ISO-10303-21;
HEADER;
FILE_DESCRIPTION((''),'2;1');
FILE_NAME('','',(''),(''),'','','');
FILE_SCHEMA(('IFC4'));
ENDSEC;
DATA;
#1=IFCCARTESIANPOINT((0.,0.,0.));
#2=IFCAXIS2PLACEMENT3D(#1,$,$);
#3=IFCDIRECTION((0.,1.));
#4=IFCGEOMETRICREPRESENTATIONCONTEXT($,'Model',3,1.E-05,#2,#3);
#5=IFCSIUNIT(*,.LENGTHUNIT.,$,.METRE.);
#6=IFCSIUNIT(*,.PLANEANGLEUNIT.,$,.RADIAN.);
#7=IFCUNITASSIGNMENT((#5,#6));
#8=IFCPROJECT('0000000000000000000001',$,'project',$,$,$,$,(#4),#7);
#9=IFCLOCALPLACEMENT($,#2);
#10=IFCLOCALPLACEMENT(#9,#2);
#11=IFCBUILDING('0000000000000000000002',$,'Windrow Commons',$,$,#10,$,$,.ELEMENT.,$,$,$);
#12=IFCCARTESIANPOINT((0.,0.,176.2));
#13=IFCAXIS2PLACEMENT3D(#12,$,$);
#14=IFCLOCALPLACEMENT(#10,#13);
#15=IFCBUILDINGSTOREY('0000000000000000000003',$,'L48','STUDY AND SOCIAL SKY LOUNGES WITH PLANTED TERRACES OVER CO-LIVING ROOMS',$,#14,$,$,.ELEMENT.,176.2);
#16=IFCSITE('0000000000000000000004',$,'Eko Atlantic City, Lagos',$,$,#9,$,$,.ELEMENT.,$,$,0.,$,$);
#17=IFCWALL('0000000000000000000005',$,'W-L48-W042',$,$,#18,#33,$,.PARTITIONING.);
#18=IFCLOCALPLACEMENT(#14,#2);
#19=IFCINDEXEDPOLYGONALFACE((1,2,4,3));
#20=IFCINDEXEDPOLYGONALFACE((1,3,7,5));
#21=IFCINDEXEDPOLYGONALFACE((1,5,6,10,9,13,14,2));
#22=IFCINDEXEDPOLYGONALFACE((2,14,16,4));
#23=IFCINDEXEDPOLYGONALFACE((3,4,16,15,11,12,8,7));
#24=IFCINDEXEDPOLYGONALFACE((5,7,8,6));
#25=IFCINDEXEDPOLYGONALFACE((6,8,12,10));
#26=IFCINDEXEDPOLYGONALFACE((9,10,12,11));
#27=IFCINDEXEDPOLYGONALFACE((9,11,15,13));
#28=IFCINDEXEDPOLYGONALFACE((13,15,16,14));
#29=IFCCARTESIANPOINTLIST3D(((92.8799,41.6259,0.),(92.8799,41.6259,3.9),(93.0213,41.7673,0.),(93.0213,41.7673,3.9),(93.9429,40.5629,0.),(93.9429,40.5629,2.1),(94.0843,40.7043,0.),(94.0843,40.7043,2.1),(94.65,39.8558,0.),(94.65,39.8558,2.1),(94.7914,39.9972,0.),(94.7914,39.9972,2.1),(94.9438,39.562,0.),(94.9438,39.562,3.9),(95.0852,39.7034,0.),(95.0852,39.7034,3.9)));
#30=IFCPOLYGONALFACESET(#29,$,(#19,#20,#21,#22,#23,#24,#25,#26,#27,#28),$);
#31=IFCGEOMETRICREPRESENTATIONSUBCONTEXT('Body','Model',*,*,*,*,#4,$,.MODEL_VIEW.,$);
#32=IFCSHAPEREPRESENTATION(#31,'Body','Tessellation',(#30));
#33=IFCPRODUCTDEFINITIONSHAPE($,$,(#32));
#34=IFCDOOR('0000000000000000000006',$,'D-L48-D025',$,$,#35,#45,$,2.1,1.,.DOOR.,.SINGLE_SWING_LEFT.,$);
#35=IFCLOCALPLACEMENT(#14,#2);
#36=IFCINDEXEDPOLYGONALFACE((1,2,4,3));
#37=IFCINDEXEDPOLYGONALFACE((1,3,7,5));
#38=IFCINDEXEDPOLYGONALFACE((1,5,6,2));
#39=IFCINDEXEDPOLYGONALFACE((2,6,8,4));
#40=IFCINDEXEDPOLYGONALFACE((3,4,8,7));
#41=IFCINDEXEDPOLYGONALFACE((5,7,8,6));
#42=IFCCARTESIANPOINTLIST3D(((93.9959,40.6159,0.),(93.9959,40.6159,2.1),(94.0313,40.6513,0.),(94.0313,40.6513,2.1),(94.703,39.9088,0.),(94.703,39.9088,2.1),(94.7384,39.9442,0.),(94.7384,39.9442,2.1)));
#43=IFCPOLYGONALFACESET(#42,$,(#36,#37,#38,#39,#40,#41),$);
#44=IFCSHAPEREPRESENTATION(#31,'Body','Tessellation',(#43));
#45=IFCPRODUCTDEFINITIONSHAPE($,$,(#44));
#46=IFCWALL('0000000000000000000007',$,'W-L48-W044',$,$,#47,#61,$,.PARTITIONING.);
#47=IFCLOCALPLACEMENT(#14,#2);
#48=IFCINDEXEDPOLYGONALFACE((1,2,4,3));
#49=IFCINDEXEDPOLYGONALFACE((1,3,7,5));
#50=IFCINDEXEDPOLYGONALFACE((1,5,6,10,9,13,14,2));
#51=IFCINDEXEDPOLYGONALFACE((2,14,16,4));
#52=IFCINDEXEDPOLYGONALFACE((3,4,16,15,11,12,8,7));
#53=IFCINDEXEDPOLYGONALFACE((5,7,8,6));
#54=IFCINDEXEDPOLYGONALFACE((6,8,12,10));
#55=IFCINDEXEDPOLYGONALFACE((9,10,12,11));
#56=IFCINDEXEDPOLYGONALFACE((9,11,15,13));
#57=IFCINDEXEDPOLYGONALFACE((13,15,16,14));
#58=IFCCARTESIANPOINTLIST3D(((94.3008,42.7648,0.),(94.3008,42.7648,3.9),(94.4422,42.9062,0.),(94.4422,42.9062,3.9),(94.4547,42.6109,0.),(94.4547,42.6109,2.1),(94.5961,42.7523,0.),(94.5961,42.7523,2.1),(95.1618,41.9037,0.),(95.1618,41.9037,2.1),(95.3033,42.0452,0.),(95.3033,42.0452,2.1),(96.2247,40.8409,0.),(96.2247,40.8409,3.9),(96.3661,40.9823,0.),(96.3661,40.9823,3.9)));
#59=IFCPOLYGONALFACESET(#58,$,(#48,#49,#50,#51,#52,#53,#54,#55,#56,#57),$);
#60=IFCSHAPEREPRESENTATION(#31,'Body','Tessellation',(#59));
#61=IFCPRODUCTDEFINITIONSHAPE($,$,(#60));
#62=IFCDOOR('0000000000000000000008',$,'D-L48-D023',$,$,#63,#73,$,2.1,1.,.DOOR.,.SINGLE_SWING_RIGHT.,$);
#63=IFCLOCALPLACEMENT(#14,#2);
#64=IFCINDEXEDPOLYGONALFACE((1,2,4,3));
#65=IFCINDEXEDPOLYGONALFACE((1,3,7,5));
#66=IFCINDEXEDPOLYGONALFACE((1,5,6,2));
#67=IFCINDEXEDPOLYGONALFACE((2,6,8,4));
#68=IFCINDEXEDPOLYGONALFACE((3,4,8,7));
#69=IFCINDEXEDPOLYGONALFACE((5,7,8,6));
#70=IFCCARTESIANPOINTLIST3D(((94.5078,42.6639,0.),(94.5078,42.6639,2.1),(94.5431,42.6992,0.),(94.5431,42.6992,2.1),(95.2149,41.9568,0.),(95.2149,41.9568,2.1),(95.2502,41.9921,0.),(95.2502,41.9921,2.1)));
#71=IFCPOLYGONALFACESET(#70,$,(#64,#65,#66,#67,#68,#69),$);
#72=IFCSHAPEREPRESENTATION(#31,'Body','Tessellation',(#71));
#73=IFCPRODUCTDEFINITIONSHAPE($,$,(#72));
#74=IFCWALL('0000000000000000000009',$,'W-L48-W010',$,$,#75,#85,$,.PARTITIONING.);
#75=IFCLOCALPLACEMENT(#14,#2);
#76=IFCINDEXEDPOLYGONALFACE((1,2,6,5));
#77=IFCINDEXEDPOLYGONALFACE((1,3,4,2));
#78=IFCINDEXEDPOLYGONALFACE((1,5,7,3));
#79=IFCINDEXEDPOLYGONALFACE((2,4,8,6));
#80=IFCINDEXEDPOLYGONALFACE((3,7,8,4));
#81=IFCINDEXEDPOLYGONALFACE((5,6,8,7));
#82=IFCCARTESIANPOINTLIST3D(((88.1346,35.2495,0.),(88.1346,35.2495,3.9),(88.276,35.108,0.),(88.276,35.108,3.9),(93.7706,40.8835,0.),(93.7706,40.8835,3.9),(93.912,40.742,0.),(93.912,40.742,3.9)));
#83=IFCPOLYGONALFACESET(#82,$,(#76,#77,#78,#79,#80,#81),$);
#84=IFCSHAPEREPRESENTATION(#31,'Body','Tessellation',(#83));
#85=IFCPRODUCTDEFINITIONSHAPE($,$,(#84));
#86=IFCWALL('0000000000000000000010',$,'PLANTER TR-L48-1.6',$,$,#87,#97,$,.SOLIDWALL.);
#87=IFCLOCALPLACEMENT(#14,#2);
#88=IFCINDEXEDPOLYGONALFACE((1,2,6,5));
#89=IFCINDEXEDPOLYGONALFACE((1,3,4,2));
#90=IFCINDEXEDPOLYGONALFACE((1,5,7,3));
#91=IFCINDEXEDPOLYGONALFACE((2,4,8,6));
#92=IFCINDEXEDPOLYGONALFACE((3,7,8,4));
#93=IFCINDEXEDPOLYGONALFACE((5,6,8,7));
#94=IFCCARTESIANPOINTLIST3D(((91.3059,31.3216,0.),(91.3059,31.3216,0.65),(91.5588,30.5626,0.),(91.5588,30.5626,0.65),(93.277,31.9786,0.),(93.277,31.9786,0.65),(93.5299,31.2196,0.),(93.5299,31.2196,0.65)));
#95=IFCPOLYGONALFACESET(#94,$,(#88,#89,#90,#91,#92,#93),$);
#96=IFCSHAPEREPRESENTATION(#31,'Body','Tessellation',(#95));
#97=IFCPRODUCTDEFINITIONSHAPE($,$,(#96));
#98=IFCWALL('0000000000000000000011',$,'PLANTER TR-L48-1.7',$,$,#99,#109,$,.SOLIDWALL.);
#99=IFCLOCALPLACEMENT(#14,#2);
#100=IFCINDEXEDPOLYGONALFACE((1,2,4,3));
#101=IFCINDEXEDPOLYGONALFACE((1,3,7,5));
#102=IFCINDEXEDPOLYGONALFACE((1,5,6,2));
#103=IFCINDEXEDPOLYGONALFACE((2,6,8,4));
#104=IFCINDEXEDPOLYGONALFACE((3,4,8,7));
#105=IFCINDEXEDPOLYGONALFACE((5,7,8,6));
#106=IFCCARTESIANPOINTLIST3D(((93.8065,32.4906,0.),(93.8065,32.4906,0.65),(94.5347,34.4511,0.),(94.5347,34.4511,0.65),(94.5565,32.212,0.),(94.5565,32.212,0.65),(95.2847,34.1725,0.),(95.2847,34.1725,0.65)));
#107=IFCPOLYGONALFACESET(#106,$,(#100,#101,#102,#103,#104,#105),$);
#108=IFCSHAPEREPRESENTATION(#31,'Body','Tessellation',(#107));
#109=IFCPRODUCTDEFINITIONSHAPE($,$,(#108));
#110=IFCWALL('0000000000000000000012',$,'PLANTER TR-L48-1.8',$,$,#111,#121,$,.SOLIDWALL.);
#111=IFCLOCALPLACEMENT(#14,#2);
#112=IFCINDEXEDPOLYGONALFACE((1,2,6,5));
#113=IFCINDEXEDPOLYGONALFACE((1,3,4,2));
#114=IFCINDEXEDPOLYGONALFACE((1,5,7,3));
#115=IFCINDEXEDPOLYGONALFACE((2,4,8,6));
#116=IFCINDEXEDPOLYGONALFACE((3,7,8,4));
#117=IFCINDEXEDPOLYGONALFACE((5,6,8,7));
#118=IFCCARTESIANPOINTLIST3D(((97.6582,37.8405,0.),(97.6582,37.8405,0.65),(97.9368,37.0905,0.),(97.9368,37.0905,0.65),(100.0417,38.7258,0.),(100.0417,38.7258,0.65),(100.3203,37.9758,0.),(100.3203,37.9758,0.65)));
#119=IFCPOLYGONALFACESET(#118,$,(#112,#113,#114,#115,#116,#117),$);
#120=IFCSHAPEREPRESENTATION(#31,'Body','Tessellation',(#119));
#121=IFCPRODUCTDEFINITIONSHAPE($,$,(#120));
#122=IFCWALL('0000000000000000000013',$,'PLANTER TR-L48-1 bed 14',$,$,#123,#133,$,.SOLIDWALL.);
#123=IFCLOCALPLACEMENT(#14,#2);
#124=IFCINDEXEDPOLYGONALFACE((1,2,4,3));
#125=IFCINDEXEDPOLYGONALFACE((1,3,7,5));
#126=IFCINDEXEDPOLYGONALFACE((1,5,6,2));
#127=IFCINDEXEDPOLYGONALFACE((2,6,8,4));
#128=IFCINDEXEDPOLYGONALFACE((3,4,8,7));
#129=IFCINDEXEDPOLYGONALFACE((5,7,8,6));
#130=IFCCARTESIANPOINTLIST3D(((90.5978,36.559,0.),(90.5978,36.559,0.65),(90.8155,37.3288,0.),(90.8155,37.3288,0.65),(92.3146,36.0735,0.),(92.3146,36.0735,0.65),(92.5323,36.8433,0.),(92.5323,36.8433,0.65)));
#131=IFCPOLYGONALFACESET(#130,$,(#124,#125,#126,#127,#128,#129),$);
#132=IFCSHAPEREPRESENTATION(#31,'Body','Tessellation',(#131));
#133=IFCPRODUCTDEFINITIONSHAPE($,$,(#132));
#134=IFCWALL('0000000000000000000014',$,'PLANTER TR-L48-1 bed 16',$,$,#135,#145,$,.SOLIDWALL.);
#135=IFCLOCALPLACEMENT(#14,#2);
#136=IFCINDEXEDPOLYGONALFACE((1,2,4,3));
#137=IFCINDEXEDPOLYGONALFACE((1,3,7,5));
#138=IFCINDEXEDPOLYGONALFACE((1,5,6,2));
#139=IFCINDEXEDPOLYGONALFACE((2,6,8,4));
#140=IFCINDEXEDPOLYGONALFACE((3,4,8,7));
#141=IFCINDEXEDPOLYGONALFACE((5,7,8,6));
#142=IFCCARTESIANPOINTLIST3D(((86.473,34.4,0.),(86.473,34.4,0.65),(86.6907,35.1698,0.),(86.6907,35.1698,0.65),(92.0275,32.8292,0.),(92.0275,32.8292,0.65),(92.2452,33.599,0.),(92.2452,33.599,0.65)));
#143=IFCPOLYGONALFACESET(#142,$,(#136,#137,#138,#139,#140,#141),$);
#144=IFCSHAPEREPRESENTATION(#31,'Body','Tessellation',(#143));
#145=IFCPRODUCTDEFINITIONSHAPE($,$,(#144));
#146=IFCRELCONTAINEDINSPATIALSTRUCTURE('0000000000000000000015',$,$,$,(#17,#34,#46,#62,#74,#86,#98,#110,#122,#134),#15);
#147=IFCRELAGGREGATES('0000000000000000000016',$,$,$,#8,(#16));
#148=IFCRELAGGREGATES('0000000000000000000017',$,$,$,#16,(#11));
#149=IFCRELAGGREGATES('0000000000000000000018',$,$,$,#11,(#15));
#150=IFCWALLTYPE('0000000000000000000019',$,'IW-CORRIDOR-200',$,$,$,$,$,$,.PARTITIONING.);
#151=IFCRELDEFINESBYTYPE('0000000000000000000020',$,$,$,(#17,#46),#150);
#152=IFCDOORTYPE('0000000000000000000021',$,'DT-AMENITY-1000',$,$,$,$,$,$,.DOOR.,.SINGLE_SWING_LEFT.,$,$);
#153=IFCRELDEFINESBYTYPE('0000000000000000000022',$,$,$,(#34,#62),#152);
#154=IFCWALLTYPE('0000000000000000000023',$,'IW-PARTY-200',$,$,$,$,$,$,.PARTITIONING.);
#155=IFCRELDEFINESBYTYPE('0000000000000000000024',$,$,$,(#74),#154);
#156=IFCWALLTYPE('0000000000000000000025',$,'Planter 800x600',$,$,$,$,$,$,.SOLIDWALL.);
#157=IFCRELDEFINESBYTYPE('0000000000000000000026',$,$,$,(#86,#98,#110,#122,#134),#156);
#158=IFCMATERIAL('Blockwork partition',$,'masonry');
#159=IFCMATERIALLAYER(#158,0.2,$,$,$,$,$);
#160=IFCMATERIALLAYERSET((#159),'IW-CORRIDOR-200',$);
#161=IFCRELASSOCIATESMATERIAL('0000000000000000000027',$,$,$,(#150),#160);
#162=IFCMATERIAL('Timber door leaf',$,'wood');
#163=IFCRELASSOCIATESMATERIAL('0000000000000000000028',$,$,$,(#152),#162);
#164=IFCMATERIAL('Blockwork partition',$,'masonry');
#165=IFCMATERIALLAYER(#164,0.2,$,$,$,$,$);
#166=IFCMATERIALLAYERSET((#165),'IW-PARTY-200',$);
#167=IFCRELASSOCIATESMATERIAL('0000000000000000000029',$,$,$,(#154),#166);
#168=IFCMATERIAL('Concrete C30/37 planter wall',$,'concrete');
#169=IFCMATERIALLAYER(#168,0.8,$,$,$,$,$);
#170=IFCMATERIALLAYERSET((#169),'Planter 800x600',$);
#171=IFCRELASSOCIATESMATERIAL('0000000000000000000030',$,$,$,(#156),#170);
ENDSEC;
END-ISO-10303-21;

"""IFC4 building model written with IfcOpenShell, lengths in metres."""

from ifc_helpers import new_model, si_unit, direction, frame, frame_2d, origin, place, context, subcontext, project, spatial, rectangle, extrude, material, layer, layer_set, type_object, element, fill, save


model = new_model("IFC4")

# Units and contexts
model_context = context("Model", 3, precision=1e-05, world=origin(), true_north=direction((0.0, 1.0)))
body_context = subcontext(model_context, "Body", "Model", "MODEL_VIEW")
ifc_project = project(units=[si_unit("LENGTHUNIT", "METRE"), si_unit("PLANEANGLEUNIT", "RADIAN")], contexts=[model_context])

# Site, building, storey
site_placement = place(None, origin())
site = spatial("IfcSite", under=ifc_project, at=site_placement, Name="Eko Atlantic City, Lagos", CompositionType="ELEMENT", RefElevation=0.0)
building_placement = place(site_placement, origin())
building = spatial("IfcBuilding", under=site, at=building_placement, Name="Windrow Commons", CompositionType="ELEMENT")
storey_placement = place(building_placement, frame((0.0, 0.0, 176.2)))
storey = spatial("IfcBuildingStorey", under=building, at=storey_placement, Name="L48", Description="STUDY AND SOCIAL SKY LOUNGES WITH PLANTED TERRACES OVER CO-LIVING ROOMS", CompositionType="ELEMENT", Elevation=176.2)

# Walls, openings, doors
ifc_material_1 = material(Name="Blockwork partition", Category="masonry")
ifc_layer_1 = layer(ifc_material_1, 0.2)
ifc_layer_set_1 = layer_set([ifc_layer_1], Name="IW-CORRIDOR-200")
wall_type_1 = type_object("IfcWallType", Name="IW-CORRIDOR-200", PredefinedType="PARTITIONING", material=ifc_layer_set_1)
wall_1_placement = place(storey_placement, frame((92.9506, 41.6966, 0.0), z_axis=(0.0, 0.0, 1.0), x_axis=(0.707107, -0.707107, 0.0)))
wall_1 = element("IfcWall", 1, at=wall_1_placement, inside=storey, type_object=wall_type_1, Name="W-L48-W042", PredefinedType="PARTITIONING", context=body_context, shape_type="SweptSolid", body=[
    extrude(rectangle(XDim=2.9189, YDim=0.2, at=frame_2d((1.4594, 0.0))), origin(), (0.0, 0.0, 1.0), 3.9),
])
opening_1_placement = place(wall_1_placement, frame((1.5033, 0.0, 0.0)))
opening_1 = element("IfcOpeningElement", 2, at=opening_1_placement, cuts=wall_1, PredefinedType="OPENING", context=body_context, shape_type="SweptSolid", body=[
    extrude(rectangle(XDim=1.0, YDim=2.1, at=frame_2d((0.5, 1.05))), frame((0.0, 0.11, 0.0), z_axis=(0.0, -1.0, 0.0), x_axis=(1.0, 0.0, 0.0)), (0.0, 0.0, 1.0), 0.22),
])
ifc_material_2 = material(Name="Timber door leaf", Category="wood")
door_type = type_object("IfcDoorType", Name="DT-AMENITY-1000", OperationType="SINGLE_SWING_LEFT", PredefinedType="DOOR", material=ifc_material_2)
door_1_placement = place(opening_1_placement, origin())
door_1 = element("IfcDoor", 3, at=door_1_placement, inside=storey, type_object=door_type, Name="D-L48-D025", OperationType="SINGLE_SWING_LEFT", OverallHeight=2.1, OverallWidth=1.0, PredefinedType="DOOR", context=body_context, shape_type="SweptSolid", body=[
    extrude(rectangle(XDim=1.0, YDim=2.1, at=frame_2d((0.5, 1.05))), frame((0.0, 0.025, 0.0), z_axis=(0.0, -1.0, 0.0), x_axis=(1.0, 0.0, 0.0)), (0.0, 0.0, 1.0), 0.05),
])
fill(opening_1, door_1)
wall_2_placement = place(storey_placement, frame((94.3715, 42.8355, 0.0), z_axis=(0.0, 0.0, 1.0), x_axis=(0.707107, -0.707107, 0.0)))
wall_2 = element("IfcWall", 4, at=wall_2_placement, inside=storey, type_object=wall_type_1, Name="W-L48-W044", PredefinedType="PARTITIONING", context=body_context, shape_type="SweptSolid", body=[
    extrude(rectangle(XDim=2.7209, YDim=0.2, at=frame_2d((1.3604, 0.0))), origin(), (0.0, 0.0, 1.0), 3.9),
])
opening_2_placement = place(wall_2_placement, frame((0.2177, 0.0, 0.0)))
opening_2 = element("IfcOpeningElement", 5, at=opening_2_placement, cuts=wall_2, PredefinedType="OPENING", context=body_context, shape_type="SweptSolid", body=[
    extrude(rectangle(XDim=1.0, YDim=2.1, at=frame_2d((0.5, 1.05))), frame((0.0, 0.11, 0.0), z_axis=(0.0, -1.0, 0.0), x_axis=(1.0, 0.0, 0.0)), (0.0, 0.0, 1.0), 0.22),
])
door_2_placement = place(opening_2_placement, origin())
door_2 = element("IfcDoor", 6, at=door_2_placement, inside=storey, type_object=door_type, Name="D-L48-D023", OperationType="SINGLE_SWING_RIGHT", OverallHeight=2.1, OverallWidth=1.0, PredefinedType="DOOR", context=body_context, shape_type="SweptSolid", body=[
    extrude(rectangle(XDim=1.0, YDim=2.1, at=frame_2d((0.5, 1.05))), frame((0.0, 0.025, 0.0), z_axis=(0.0, -1.0, 0.0), x_axis=(1.0, 0.0, 0.0)), (0.0, 0.0, 1.0), 0.05),
])
fill(opening_2, door_2)

# Walls
ifc_material_3 = material(Name="Blockwork partition", Category="masonry")
ifc_layer_2 = layer(ifc_material_3, 0.2)
ifc_layer_set_2 = layer_set([ifc_layer_2], Name="IW-PARTY-200")
wall_type_2 = type_object("IfcWallType", Name="IW-PARTY-200", PredefinedType="PARTITIONING", material=ifc_layer_set_2)
wall_3_placement = place(storey_placement, frame((88.2053, 35.1787, 0.0), z_axis=(0.0, 0.0, 1.0), x_axis=(0.707232, 0.706981, 0.0)))
element("IfcWall", 7, at=wall_3_placement, inside=storey, type_object=wall_type_2, Name="W-L48-W010", PredefinedType="PARTITIONING", context=body_context, shape_type="SweptSolid", body=[
    extrude(rectangle(XDim=7.9691, YDim=0.2, at=frame_2d((3.9846, 0.0))), origin(), (0.0, 0.0, 1.0), 3.9),
])
ifc_material_4 = material(Name="Concrete C30/37 planter wall", Category="concrete")
ifc_layer_3 = layer(ifc_material_4, 0.8)
ifc_layer_set_3 = layer_set([ifc_layer_3], Name="Planter 800x600")
wall_type_3 = type_object("IfcWallType", Name="Planter 800x600", PredefinedType="SOLIDWALL", material=ifc_layer_set_3)
wall_4_placement = place(storey_placement, frame((91.4323, 30.9421, 0.0), z_axis=(0.0, 0.0, 1.0), x_axis=(0.948688, 0.316213, 0.0)))
element("IfcWall", 8, at=wall_4_placement, inside=storey, type_object=wall_type_3, Name="PLANTER TR-L48-1.6", PredefinedType="SOLIDWALL", context=body_context, shape_type="SweptSolid", body=[
    extrude(rectangle(XDim=2.0777, YDim=0.8, at=frame_2d((1.0389, 0.0))), origin(), (0.0, 0.0, 1.0), 0.65),
])
wall_5_placement = place(storey_placement, frame((94.1815, 32.3513, 0.0), z_axis=(0.0, 0.0, 1.0), x_axis=(0.348193, 0.937423, 0.0)))
element("IfcWall", 9, at=wall_5_placement, inside=storey, type_object=wall_type_3, Name="PLANTER TR-L48-1.7", PredefinedType="SOLIDWALL", context=body_context, shape_type="SweptSolid", body=[
    extrude(rectangle(XDim=2.0914, YDim=0.8, at=frame_2d((1.0457, 0.0))), origin(), (0.0, 0.0, 1.0), 0.65),
])
wall_6_placement = place(storey_placement, frame((97.7975, 37.4655, 0.0), z_axis=(0.0, 0.0, 1.0), x_axis=(0.937425, 0.348187, 0.0)))
element("IfcWall", 10, at=wall_6_placement, inside=storey, type_object=wall_type_3, Name="PLANTER TR-L48-1.8", PredefinedType="SOLIDWALL", context=body_context, shape_type="SweptSolid", body=[
    extrude(rectangle(XDim=2.5426, YDim=0.8, at=frame_2d((1.2713, 0.0))), origin(), (0.0, 0.0, 1.0), 0.65),
])
wall_7_placement = place(storey_placement, frame((92.4235, 36.4584, 0.0), z_axis=(0.0, 0.0, 1.0), x_axis=(-0.962263, 0.272122, 0.0)))
element("IfcWall", 11, at=wall_7_placement, inside=storey, type_object=wall_type_3, Name="PLANTER TR-L48-1 bed 14", PredefinedType="SOLIDWALL", context=body_context, shape_type="SweptSolid", body=[
    extrude(rectangle(XDim=1.7841, YDim=0.8, at=frame_2d((0.8921, 0.0))), origin(), (0.0, 0.0, 1.0), 0.65),
])
wall_8_placement = place(storey_placement, frame((92.1364, 33.2141, 0.0), z_axis=(0.0, 0.0, 1.0), x_axis=(-0.962262, 0.272125, 0.0)))
element("IfcWall", 12, at=wall_8_placement, inside=storey, type_object=wall_type_3, Name="PLANTER TR-L48-1 bed 16", PredefinedType="SOLIDWALL", context=body_context, shape_type="SweptSolid", body=[
    extrude(rectangle(XDim=5.7723, YDim=0.8, at=frame_2d((2.8862, 0.0))), origin(), (0.0, 0.0, 1.0), 0.65),
])

save(model, "model.ifc")
